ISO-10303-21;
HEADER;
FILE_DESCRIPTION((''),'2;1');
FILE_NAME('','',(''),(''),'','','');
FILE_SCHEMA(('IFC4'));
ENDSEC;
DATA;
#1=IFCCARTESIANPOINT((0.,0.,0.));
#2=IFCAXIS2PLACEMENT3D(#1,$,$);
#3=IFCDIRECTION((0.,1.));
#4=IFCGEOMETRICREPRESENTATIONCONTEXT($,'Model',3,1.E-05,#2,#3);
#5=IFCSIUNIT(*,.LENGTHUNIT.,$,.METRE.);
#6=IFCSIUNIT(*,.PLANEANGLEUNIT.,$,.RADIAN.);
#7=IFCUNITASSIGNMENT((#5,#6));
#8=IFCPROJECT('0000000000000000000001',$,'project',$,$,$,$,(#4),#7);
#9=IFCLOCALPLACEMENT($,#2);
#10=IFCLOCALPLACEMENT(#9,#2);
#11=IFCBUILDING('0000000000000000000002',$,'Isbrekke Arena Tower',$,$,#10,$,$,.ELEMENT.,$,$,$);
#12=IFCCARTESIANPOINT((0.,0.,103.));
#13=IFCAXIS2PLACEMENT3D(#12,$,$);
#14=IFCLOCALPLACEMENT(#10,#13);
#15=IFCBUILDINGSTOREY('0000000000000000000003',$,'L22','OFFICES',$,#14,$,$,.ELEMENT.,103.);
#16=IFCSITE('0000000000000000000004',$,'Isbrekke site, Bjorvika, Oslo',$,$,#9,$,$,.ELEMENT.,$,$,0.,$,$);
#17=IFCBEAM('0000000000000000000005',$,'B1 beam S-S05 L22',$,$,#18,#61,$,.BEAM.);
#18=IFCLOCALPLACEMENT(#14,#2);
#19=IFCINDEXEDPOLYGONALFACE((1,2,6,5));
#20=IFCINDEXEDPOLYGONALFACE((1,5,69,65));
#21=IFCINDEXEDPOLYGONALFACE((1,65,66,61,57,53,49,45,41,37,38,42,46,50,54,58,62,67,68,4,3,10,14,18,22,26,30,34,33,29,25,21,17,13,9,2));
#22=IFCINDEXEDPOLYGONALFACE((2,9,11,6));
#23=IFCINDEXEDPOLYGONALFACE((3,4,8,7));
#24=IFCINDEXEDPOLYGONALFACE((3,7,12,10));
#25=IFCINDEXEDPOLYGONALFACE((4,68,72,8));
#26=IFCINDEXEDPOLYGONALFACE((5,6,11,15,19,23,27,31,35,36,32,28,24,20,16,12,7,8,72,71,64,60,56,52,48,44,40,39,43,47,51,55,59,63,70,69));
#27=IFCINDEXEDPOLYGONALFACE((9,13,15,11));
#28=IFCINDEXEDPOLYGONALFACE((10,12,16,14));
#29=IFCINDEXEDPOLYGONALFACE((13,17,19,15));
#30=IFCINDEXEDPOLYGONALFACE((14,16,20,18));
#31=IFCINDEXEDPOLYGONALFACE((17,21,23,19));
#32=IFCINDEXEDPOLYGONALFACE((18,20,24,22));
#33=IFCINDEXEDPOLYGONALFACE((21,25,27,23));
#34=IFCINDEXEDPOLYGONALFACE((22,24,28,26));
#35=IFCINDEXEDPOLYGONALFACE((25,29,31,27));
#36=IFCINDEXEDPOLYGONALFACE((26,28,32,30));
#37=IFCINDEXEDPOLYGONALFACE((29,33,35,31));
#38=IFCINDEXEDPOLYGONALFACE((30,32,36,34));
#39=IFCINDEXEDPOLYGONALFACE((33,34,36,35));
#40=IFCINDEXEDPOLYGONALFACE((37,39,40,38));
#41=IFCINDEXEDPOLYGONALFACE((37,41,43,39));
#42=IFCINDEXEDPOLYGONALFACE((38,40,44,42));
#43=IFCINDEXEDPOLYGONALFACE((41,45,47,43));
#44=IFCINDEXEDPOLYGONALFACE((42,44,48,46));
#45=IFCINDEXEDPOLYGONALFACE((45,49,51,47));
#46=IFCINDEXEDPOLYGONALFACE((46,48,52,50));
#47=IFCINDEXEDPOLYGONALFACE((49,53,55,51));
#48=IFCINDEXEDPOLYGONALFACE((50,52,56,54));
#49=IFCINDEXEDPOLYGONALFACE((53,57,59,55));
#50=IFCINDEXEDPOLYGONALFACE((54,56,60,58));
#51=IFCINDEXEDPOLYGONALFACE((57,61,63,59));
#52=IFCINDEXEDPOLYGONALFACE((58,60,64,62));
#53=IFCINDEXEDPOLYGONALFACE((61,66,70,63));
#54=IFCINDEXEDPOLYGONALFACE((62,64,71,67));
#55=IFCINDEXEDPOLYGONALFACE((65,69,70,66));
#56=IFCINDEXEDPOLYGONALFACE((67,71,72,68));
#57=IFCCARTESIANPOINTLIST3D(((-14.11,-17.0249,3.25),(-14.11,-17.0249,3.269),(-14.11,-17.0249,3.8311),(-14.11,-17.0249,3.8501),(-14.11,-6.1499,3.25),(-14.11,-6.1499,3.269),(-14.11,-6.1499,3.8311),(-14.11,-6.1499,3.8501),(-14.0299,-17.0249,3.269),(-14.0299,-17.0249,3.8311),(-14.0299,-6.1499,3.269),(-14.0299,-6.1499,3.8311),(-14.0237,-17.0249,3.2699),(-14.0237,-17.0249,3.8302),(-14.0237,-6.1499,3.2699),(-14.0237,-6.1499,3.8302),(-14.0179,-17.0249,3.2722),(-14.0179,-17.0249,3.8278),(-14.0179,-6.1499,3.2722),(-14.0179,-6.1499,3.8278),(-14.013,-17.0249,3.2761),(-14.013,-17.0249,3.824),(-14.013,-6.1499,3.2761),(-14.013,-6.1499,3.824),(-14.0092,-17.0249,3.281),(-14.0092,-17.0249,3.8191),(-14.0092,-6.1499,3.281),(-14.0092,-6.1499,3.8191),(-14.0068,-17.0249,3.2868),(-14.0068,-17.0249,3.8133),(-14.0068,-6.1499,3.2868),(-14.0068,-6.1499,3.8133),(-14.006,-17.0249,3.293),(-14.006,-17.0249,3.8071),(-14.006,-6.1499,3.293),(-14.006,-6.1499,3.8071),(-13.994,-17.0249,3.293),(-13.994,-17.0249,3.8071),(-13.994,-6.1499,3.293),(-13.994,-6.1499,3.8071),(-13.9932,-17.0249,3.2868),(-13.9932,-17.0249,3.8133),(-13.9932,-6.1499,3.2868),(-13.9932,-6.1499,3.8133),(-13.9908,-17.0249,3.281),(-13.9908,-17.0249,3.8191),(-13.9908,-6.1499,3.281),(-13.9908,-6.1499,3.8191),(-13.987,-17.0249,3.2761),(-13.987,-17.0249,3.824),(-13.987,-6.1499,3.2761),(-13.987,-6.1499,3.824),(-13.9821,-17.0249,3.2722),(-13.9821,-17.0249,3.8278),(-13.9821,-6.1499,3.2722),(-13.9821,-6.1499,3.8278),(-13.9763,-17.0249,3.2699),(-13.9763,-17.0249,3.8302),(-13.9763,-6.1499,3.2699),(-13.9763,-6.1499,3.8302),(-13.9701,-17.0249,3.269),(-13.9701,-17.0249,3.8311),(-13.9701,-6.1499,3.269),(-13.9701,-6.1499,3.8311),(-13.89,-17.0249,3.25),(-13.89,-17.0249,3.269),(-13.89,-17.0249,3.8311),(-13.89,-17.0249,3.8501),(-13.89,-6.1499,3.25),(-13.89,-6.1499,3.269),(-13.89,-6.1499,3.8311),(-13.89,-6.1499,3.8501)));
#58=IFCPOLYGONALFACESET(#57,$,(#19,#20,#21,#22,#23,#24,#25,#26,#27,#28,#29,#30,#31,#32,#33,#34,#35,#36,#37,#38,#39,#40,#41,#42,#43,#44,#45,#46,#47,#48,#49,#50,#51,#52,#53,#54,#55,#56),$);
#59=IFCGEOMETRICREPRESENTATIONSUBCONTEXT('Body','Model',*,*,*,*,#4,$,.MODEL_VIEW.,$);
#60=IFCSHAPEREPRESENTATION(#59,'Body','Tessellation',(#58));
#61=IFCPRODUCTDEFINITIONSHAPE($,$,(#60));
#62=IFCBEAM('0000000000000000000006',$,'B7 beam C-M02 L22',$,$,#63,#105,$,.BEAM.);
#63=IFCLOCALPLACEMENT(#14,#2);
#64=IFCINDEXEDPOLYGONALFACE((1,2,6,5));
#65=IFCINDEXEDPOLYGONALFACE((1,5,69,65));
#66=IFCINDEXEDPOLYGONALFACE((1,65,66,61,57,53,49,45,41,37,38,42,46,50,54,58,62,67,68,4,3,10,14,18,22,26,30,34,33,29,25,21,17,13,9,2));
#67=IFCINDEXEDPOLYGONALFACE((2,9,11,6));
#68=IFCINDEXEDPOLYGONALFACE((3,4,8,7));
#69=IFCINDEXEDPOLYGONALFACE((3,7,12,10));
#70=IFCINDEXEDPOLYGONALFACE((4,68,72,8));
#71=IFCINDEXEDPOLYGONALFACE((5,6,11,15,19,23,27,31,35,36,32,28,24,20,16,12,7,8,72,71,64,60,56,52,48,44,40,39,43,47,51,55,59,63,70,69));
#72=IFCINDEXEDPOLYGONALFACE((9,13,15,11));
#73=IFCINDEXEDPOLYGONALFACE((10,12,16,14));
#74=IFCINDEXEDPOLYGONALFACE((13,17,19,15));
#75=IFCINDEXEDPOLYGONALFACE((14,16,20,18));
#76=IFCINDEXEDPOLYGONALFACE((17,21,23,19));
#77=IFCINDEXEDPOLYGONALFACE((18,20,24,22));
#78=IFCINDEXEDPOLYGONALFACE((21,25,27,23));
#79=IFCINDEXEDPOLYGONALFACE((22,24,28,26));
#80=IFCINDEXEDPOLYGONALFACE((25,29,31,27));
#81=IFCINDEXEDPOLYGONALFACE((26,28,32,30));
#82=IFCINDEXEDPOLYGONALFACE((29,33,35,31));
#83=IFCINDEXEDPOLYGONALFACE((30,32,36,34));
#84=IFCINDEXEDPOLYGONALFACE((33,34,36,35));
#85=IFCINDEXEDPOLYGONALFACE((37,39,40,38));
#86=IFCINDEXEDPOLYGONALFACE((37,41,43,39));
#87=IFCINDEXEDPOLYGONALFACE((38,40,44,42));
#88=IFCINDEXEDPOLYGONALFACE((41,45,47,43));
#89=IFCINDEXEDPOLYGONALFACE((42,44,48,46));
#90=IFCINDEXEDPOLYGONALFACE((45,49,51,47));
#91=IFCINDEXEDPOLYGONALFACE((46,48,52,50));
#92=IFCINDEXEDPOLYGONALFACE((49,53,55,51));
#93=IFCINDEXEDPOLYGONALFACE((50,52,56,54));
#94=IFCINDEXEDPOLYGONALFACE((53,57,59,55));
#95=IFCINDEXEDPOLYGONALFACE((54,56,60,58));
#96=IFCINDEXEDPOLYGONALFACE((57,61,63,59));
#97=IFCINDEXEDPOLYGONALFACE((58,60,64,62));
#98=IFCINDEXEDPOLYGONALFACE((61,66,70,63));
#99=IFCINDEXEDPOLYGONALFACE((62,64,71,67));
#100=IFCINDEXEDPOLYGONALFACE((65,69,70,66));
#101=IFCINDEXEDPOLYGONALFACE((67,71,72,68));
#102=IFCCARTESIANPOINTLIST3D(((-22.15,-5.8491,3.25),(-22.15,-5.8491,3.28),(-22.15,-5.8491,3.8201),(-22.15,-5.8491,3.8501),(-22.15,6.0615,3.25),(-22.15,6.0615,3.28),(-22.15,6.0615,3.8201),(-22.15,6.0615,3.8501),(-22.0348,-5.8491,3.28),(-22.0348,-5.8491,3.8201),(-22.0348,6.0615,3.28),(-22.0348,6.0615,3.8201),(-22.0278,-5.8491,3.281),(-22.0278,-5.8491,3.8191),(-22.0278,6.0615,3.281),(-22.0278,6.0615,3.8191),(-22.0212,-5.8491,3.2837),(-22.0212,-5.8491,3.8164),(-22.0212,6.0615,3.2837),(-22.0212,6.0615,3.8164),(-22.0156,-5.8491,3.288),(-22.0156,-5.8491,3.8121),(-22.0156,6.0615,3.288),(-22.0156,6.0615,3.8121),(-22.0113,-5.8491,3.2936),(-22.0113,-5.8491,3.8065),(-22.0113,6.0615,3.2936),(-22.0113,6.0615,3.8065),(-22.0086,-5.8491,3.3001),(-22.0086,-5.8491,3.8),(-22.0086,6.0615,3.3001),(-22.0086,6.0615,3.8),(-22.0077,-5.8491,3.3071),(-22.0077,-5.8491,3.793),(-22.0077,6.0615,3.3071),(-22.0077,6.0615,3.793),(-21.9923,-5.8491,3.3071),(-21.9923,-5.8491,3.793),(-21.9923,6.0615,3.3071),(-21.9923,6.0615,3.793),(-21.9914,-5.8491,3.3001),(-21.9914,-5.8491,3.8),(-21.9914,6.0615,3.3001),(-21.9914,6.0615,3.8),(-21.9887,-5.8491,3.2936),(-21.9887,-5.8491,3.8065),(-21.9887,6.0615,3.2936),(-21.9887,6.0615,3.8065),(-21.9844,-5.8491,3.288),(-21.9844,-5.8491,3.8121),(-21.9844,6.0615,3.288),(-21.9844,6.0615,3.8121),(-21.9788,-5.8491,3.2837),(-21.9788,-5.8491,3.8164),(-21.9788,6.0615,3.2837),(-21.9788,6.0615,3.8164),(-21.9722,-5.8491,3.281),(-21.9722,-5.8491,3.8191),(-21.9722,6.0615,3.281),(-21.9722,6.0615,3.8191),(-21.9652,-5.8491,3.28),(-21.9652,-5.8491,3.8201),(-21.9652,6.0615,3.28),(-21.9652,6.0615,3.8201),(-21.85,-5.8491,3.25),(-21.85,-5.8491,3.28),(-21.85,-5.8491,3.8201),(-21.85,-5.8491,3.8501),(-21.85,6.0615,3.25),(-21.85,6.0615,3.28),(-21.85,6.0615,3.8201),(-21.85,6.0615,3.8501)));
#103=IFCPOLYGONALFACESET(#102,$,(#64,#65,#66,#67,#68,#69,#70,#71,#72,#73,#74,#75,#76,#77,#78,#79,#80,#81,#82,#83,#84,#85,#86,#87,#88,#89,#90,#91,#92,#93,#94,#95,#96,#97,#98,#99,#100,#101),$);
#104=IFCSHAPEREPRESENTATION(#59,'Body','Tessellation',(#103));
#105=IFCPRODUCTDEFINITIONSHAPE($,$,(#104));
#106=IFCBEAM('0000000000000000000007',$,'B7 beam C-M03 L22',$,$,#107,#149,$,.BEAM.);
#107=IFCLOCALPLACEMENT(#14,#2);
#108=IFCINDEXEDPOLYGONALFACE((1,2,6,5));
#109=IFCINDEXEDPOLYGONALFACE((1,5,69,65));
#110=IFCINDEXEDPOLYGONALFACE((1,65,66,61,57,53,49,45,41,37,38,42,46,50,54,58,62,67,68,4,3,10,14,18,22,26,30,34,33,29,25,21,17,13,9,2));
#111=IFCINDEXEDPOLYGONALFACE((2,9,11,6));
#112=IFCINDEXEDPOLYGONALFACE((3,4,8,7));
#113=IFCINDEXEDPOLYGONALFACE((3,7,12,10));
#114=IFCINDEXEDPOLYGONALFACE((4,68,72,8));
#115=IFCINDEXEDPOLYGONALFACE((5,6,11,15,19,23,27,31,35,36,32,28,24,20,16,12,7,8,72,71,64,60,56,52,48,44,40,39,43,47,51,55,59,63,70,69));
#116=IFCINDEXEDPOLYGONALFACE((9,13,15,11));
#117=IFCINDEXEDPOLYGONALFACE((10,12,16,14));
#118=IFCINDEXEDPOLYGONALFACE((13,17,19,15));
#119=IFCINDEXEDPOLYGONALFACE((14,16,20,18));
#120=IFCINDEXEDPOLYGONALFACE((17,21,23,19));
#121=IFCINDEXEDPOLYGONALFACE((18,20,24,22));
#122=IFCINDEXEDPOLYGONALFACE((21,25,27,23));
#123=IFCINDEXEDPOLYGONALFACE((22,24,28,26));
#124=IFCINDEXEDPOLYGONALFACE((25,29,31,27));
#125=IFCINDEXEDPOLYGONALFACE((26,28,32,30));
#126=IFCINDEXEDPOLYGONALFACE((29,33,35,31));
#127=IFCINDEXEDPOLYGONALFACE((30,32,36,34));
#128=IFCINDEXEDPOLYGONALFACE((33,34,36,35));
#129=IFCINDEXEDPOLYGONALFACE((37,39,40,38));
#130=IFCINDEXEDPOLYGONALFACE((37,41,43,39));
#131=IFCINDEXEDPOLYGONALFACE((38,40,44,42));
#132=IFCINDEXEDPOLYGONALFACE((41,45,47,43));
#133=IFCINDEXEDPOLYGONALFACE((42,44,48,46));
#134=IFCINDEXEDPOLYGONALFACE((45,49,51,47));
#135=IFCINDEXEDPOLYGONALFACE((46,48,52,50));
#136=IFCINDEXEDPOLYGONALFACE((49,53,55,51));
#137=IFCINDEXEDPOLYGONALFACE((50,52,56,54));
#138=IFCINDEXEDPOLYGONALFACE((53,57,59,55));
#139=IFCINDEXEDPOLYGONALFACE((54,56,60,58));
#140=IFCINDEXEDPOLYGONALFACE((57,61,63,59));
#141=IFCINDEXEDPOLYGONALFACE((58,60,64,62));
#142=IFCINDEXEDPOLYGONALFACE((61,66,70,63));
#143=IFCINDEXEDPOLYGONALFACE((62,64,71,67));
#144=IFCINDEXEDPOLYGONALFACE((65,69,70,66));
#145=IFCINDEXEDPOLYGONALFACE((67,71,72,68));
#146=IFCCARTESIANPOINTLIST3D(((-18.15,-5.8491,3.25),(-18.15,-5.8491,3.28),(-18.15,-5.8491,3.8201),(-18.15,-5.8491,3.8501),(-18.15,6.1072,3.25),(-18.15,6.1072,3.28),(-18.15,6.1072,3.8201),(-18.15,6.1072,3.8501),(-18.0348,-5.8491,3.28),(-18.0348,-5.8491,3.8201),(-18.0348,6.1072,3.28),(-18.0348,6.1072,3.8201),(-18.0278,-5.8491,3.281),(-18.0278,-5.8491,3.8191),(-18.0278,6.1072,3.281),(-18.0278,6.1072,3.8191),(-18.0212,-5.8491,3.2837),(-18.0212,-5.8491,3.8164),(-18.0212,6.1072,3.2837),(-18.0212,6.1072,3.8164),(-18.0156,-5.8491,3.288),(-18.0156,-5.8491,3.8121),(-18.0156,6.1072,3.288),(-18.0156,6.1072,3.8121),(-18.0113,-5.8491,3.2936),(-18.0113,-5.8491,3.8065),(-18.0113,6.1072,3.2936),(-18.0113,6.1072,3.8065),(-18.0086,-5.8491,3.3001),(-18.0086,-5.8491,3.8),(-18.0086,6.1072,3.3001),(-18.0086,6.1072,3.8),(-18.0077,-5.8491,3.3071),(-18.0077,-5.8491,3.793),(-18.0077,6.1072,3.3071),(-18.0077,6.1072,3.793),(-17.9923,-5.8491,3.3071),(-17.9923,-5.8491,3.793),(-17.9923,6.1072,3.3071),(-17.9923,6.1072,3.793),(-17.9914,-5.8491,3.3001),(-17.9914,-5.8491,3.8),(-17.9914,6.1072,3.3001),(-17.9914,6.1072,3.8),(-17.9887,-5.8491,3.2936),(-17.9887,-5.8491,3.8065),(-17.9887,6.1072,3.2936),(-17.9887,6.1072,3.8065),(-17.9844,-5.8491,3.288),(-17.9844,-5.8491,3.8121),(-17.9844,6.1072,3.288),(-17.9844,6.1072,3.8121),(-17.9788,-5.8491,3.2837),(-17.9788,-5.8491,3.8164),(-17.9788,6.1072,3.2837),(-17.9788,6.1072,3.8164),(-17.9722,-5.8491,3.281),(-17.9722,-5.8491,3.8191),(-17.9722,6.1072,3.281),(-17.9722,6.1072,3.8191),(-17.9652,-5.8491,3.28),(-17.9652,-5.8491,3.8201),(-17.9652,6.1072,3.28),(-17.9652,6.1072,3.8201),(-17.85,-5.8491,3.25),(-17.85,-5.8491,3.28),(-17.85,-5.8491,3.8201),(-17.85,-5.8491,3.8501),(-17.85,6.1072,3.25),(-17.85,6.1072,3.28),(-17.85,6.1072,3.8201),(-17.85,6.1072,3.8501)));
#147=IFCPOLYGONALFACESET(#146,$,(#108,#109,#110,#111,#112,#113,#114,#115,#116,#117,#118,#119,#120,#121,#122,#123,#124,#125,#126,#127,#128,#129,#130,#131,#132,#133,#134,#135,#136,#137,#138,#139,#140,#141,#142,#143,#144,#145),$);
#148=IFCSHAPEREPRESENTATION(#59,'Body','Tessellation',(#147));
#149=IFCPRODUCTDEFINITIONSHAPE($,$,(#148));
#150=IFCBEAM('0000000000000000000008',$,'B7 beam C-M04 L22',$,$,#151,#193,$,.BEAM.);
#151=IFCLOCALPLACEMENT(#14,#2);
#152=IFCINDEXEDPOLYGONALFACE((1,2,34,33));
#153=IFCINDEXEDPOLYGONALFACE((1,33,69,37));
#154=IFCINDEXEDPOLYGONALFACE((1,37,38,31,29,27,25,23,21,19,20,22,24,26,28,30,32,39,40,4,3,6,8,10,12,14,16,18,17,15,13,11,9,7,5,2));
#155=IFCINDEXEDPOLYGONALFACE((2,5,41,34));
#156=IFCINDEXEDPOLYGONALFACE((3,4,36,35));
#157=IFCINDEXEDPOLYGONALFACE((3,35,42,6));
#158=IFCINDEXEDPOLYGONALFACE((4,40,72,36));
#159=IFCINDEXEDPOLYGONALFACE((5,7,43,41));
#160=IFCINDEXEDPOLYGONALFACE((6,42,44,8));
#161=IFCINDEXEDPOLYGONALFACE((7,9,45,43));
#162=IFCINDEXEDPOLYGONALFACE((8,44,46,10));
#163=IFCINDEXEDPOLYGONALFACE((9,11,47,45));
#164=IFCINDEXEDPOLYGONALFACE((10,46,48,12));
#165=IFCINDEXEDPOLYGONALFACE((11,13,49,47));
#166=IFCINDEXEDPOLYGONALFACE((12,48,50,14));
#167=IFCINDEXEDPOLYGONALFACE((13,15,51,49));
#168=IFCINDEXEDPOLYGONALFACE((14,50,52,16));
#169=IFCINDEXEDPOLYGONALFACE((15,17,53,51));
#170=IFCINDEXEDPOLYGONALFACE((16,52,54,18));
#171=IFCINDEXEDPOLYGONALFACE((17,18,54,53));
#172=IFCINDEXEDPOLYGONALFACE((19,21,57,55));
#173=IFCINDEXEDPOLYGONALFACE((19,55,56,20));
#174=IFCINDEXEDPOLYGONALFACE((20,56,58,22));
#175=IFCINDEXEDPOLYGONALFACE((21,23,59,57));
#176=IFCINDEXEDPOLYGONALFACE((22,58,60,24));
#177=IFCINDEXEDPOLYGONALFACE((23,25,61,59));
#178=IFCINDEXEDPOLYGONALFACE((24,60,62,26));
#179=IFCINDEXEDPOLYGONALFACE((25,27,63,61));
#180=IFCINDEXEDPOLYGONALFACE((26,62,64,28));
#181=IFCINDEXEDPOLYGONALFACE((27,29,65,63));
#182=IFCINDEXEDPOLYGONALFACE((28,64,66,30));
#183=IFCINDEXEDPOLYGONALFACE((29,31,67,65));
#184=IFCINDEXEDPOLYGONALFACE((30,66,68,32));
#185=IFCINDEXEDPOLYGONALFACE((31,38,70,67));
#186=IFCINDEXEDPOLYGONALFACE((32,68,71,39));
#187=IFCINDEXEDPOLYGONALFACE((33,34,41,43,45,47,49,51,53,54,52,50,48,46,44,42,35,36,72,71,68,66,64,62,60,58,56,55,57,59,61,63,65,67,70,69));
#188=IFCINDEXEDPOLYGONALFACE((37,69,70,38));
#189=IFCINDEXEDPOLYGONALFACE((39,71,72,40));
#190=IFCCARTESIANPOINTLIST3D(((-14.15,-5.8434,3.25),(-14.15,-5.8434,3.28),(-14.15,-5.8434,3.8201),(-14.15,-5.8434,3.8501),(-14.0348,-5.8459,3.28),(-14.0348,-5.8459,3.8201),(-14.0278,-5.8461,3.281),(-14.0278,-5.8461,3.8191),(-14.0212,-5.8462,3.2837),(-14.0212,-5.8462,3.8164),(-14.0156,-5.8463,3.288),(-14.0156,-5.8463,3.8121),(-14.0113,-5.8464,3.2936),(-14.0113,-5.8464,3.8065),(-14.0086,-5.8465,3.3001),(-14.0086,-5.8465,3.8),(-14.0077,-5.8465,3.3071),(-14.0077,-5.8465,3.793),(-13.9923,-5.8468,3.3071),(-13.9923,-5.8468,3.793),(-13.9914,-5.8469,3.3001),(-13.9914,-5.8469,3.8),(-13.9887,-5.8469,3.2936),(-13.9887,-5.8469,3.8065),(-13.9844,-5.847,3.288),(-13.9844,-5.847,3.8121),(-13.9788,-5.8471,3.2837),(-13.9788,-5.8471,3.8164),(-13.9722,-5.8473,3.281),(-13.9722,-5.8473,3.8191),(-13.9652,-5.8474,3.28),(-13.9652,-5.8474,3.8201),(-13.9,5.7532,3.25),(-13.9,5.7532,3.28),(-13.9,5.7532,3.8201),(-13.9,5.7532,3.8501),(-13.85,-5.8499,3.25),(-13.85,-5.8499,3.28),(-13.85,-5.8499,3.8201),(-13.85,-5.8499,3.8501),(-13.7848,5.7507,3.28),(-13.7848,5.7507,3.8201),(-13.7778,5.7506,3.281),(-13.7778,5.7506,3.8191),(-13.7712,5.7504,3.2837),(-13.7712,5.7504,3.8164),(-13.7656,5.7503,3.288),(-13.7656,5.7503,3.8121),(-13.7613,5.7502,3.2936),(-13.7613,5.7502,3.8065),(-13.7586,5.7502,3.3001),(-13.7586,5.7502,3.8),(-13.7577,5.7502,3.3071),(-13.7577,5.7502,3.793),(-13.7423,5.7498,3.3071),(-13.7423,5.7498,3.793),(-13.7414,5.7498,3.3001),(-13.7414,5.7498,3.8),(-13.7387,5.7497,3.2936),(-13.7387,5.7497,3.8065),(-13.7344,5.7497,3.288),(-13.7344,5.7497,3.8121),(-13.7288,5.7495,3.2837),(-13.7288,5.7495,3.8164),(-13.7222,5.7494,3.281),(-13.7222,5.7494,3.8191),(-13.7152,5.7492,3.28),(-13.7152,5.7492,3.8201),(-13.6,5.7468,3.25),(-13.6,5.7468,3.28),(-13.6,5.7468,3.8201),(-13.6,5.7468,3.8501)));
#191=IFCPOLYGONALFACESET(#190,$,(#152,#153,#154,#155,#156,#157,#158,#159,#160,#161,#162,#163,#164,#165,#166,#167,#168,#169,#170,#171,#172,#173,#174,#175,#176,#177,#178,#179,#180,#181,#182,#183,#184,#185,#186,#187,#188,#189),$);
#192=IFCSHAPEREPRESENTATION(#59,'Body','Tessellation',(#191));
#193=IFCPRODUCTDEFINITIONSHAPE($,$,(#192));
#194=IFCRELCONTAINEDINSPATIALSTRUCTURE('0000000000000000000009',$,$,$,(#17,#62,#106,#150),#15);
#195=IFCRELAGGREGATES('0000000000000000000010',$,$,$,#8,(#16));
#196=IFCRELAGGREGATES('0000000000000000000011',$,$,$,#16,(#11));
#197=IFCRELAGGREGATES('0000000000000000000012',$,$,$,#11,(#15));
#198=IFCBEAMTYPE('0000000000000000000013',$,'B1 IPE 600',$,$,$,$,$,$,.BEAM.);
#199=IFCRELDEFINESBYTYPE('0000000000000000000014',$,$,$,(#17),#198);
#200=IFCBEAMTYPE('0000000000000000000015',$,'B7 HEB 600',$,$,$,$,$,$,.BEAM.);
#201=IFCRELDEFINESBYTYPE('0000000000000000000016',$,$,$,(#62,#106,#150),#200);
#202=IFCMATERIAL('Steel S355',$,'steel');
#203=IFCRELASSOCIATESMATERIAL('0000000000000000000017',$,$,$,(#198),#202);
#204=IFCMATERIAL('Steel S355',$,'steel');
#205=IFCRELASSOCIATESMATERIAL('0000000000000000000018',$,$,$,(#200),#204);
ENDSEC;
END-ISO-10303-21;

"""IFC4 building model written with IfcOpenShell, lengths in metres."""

from ifc_helpers import new_model, si_unit, direction, frame, origin, origin_2d, place, context, subcontext, project, spatial, i_section, extrude, material, material_profile, profile_set, type_object, element, save


model = new_model("IFC4")

# Units and contexts
model_context = context("Model", 3, precision=1e-05, world=origin(), true_north=direction((0.0, 1.0)))
body_context = subcontext(model_context, "Body", "Model", "MODEL_VIEW")
ifc_project = project(units=[si_unit("LENGTHUNIT", "METRE"), si_unit("PLANEANGLEUNIT", "RADIAN")], contexts=[model_context])

# Site, building, storey
site_placement = place(None, origin())
site = spatial("IfcSite", under=ifc_project, at=site_placement, Name="Isbrekke site, Bjorvika, Oslo", CompositionType="ELEMENT", RefElevation=0.0)
building_placement = place(site_placement, origin())
building = spatial("IfcBuilding", under=site, at=building_placement, Name="Isbrekke Arena Tower", CompositionType="ELEMENT")
storey_placement = place(building_placement, frame((0.0, 0.0, 103.0)))
storey = spatial("IfcBuildingStorey", under=building, at=storey_placement, Name="L22", Description="OFFICES", CompositionType="ELEMENT", Elevation=103.0)

# Beams
ifc_material_1 = material(Name="Steel S355", Category="steel")
ifc_material_profile_1 = material_profile(ifc_material_1, i_section(OverallWidth=0.22, OverallDepth=0.6001, WebThickness=0.012, FlangeThickness=0.019, FilletRadius=0.0239, at=origin_2d()), Name="IPE 600")
ifc_profile_set_1 = profile_set([ifc_material_profile_1], Name="Steel S355")
beam_type_1 = type_object("IfcBeamType", Name="B1 IPE 600", PredefinedType="BEAM", material=ifc_profile_set_1)
beam_1_placement = place(storey_placement, frame((-14.0, -17.0249, 3.55), z_axis=(0.0, 1.0, 0.0), x_axis=(-1.0, 0.0, 0.0)))
element("IfcBeam", 1, at=beam_1_placement, inside=storey, type_object=beam_type_1, Name="B1 beam S-S05 L22", PredefinedType="BEAM", context=body_context, shape_type="SweptSolid", body=[
    extrude(i_section(OverallWidth=0.22, OverallDepth=0.6001, WebThickness=0.012, FlangeThickness=0.019, FilletRadius=0.0239, at=origin_2d()), origin(), (0.0, 0.0, 1.0), 10.875),
])
ifc_material_2 = material(Name="Steel S355", Category="steel")
ifc_material_profile_2 = material_profile(ifc_material_2, i_section(OverallWidth=0.3, OverallDepth=0.6001, WebThickness=0.0154, FlangeThickness=0.03, FilletRadius=0.0271, at=origin_2d()), Name="HEB 600")
ifc_profile_set_2 = profile_set([ifc_material_profile_2], Name="Steel S355")
beam_type_2 = type_object("IfcBeamType", Name="B7 HEB 600", PredefinedType="BEAM", material=ifc_profile_set_2)
beam_2_placement = place(storey_placement, frame((-22.0, -5.8491, 3.55), z_axis=(0.0, 1.0, 0.0), x_axis=(-1.0, 0.0, 0.0)))
element("IfcBeam", 2, at=beam_2_placement, inside=storey, type_object=beam_type_2, Name="B7 beam C-M02 L22", PredefinedType="BEAM", context=body_context, shape_type="SweptSolid", body=[
    extrude(i_section(OverallWidth=0.3, OverallDepth=0.6001, WebThickness=0.0154, FlangeThickness=0.03, FilletRadius=0.0271, at=origin_2d()), origin(), (0.0, 0.0, 1.0), 11.9106),
])
beam_3_placement = place(storey_placement, frame((-18.0, -5.8491, 3.55), z_axis=(0.0, 1.0, 0.0), x_axis=(-1.0, 0.0, 0.0)))
element("IfcBeam", 3, at=beam_3_placement, inside=storey, type_object=beam_type_2, Name="B7 beam C-M03 L22", PredefinedType="BEAM", context=body_context, shape_type="SweptSolid", body=[
    extrude(i_section(OverallWidth=0.3, OverallDepth=0.6001, WebThickness=0.0154, FlangeThickness=0.03, FilletRadius=0.0271, at=origin_2d()), origin(), (0.0, 0.0, 1.0), 11.9563),
])
beam_4_placement = place(storey_placement, frame((-14.0, -5.8467, 3.55), z_axis=(0.021553, 0.999768, 0.0), x_axis=(-0.999768, 0.021553, 0.0)))
element("IfcBeam", 4, at=beam_4_placement, inside=storey, type_object=beam_type_2, Name="B7 beam C-M04 L22", PredefinedType="BEAM", context=body_context, shape_type="SweptSolid", body=[
    extrude(i_section(OverallWidth=0.3, OverallDepth=0.6001, WebThickness=0.0154, FlangeThickness=0.03, FilletRadius=0.0271, at=origin_2d()), origin(), (0.0, 0.0, 1.0), 11.5994),
])

save(model, "model.ifc")
